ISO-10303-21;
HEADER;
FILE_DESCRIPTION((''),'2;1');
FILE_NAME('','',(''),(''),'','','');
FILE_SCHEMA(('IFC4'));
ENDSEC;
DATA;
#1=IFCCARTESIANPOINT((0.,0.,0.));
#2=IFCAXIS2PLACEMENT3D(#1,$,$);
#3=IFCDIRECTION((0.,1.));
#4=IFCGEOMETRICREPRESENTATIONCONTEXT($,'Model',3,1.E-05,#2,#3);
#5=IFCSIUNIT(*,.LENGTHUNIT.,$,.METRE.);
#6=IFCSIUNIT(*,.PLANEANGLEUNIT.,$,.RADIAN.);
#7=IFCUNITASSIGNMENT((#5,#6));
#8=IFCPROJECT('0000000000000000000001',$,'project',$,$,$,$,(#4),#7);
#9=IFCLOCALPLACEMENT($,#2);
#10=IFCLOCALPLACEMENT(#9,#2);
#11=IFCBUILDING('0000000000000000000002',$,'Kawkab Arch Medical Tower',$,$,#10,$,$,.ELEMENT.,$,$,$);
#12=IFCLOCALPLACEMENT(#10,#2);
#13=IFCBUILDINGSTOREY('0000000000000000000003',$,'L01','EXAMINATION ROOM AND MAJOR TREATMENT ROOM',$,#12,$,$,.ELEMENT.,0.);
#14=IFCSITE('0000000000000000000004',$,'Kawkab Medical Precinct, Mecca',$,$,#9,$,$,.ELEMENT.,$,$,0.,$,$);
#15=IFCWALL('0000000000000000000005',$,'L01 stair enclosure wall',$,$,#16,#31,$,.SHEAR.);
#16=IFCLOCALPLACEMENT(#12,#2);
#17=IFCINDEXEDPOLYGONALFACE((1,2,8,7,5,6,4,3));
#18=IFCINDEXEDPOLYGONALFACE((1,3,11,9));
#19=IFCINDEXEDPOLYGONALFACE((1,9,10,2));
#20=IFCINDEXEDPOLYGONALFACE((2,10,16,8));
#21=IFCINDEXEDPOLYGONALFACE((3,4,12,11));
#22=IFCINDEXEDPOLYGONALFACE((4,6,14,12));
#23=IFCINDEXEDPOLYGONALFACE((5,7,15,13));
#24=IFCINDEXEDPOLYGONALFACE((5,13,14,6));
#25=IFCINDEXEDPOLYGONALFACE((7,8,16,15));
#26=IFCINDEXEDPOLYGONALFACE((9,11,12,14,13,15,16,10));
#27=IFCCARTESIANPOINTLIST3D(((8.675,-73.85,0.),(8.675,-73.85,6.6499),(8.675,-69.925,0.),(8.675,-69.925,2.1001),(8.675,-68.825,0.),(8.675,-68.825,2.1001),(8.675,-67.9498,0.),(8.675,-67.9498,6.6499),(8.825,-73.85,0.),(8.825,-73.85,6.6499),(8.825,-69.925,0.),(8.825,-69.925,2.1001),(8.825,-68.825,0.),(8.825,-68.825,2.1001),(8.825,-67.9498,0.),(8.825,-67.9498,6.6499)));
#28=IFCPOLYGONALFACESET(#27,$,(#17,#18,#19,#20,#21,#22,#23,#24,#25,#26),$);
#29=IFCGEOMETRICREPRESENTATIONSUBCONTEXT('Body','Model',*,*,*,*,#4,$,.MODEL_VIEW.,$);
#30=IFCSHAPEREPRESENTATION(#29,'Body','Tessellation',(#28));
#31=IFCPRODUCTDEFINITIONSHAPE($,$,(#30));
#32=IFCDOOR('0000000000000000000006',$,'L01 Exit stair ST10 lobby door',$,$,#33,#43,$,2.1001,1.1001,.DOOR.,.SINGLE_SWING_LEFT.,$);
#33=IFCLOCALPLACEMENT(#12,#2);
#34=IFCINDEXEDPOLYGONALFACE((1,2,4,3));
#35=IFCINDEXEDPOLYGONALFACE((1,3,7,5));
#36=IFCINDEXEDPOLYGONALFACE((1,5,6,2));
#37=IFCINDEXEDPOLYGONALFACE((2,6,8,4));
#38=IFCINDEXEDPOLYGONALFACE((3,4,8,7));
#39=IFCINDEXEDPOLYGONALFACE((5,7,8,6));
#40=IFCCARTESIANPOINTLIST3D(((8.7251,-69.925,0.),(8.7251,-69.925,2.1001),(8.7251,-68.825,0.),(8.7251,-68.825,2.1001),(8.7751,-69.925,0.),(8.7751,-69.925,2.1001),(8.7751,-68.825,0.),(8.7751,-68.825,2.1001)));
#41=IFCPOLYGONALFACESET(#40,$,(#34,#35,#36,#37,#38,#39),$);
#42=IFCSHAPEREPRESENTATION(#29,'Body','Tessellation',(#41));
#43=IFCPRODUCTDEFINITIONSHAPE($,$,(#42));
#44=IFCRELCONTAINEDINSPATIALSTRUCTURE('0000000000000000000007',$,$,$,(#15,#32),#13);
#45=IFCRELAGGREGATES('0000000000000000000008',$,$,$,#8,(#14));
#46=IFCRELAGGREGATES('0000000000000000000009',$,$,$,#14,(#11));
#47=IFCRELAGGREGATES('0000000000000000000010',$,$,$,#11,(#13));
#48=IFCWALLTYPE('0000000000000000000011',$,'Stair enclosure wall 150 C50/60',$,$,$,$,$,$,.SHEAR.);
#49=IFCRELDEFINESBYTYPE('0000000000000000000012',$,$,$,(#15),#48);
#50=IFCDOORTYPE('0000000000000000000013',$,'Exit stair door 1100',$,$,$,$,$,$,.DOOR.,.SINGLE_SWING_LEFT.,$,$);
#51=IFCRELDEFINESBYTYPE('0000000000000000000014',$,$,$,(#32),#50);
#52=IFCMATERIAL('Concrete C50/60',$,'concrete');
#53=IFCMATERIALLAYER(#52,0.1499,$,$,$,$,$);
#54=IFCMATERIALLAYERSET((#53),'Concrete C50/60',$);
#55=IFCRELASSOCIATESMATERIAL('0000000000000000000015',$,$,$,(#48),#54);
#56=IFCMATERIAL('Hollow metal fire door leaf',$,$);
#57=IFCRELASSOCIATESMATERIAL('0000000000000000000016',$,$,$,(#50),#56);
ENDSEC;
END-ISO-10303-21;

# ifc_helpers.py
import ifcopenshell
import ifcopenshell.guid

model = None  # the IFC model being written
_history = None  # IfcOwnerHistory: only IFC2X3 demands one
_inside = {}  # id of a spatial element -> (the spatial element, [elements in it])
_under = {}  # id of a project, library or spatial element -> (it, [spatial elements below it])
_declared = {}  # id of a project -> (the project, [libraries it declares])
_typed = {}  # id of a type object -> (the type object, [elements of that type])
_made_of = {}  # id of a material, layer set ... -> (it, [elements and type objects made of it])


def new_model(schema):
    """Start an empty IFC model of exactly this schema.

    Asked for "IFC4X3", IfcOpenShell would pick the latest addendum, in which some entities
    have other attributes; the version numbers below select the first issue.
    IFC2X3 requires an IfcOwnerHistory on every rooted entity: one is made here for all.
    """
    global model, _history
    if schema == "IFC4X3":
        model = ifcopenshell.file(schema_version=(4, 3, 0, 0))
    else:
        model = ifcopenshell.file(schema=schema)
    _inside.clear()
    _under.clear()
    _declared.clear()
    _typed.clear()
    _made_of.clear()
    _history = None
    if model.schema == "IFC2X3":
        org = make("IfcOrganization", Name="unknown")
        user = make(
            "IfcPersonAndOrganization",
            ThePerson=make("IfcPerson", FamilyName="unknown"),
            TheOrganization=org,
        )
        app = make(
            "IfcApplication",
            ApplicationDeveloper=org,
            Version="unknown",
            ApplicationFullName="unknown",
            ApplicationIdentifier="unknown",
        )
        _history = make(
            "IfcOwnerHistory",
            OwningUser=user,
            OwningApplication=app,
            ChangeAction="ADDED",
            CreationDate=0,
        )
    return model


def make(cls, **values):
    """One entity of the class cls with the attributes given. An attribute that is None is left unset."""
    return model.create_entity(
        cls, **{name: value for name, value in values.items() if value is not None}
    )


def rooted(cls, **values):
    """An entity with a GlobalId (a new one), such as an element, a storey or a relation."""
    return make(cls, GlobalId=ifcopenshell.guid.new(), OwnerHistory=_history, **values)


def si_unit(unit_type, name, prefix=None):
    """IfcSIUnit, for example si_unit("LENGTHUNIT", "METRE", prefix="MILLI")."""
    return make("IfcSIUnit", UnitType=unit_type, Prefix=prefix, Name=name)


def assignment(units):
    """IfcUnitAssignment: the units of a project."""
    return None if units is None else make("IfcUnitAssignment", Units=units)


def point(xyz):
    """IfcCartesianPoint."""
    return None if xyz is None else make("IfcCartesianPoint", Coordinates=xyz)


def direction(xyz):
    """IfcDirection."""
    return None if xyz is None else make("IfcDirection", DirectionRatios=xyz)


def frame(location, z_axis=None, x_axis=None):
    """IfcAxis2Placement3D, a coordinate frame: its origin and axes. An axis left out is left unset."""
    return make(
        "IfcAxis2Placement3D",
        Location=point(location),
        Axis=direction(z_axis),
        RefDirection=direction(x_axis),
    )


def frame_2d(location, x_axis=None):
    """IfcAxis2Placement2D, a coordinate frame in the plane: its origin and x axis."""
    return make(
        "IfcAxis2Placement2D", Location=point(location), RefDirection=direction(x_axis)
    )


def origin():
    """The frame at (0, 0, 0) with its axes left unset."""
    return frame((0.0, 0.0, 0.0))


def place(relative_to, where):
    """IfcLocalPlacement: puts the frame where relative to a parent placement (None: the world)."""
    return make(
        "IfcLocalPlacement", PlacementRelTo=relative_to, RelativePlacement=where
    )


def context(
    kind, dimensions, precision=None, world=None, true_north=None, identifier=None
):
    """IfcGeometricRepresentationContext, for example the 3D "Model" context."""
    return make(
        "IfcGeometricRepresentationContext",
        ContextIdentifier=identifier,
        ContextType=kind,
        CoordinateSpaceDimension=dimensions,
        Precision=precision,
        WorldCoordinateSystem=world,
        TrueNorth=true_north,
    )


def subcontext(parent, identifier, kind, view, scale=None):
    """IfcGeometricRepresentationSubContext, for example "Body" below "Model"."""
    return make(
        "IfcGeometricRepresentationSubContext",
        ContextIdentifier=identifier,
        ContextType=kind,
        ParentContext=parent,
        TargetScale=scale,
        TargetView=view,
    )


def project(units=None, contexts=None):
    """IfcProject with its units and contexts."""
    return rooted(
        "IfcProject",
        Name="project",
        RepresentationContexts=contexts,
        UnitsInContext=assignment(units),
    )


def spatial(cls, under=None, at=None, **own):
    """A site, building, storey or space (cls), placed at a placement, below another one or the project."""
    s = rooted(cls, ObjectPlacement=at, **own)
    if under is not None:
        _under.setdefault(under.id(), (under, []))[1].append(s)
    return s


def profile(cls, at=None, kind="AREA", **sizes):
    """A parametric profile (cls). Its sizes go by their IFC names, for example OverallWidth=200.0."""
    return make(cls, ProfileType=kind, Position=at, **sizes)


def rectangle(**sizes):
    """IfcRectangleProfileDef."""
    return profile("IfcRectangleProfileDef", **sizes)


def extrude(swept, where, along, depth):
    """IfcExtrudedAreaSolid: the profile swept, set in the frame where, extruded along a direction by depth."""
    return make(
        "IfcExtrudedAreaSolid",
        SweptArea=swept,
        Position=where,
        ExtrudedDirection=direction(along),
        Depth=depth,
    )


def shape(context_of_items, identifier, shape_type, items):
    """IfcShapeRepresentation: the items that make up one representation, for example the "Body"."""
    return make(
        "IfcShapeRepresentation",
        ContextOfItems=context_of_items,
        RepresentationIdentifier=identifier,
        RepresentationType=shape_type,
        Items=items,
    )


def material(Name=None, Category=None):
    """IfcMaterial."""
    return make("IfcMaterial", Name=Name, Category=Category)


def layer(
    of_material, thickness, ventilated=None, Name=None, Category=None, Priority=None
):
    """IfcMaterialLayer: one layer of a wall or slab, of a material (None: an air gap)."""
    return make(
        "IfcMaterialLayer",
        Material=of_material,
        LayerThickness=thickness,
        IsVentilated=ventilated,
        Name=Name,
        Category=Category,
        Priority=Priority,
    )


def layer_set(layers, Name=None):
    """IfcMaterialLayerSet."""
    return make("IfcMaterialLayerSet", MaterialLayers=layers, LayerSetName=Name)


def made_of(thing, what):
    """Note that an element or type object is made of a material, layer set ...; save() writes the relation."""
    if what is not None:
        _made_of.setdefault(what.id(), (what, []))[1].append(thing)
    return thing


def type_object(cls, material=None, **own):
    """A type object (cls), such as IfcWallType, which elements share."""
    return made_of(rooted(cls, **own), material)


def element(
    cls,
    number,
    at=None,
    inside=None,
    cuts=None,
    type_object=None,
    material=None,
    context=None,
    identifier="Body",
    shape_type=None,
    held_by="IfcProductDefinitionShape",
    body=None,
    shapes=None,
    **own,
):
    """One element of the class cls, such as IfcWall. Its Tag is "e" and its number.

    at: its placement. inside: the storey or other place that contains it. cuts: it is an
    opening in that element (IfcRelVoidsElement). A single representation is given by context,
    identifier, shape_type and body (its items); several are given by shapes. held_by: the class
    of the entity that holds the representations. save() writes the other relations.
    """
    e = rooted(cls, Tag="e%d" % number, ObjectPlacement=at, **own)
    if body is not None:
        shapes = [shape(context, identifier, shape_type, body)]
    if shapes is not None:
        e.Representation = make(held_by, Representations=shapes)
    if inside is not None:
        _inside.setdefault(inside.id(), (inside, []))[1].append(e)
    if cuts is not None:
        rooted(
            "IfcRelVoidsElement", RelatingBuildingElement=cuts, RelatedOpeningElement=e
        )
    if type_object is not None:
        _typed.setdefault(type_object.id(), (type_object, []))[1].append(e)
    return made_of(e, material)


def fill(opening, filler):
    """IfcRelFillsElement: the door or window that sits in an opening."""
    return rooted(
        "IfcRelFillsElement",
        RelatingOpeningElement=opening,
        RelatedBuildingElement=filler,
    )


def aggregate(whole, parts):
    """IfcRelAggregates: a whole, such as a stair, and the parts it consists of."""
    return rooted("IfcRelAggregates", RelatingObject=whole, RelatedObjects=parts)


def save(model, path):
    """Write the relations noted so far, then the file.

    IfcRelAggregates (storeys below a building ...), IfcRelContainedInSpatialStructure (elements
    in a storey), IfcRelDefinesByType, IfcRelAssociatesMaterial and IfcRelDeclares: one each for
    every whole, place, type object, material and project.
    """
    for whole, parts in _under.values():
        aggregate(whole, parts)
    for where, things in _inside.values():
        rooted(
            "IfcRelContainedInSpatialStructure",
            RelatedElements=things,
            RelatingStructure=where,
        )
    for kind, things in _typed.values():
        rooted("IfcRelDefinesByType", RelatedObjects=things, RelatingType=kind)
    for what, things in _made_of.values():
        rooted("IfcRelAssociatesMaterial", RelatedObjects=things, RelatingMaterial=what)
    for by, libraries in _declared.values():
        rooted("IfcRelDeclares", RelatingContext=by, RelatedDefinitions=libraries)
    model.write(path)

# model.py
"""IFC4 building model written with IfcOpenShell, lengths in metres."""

from ifc_helpers import new_model, si_unit, direction, frame, frame_2d, origin, place, context, subcontext, project, spatial, rectangle, extrude, material, layer, layer_set, type_object, element, fill, save


model = new_model("IFC4")

# Units and contexts
model_context = context("Model", 3, precision=1e-05, world=origin(), true_north=direction((0.0, 1.0)))
body_context = subcontext(model_context, "Body", "Model", "MODEL_VIEW")
ifc_project = project(units=[si_unit("LENGTHUNIT", "METRE"), si_unit("PLANEANGLEUNIT", "RADIAN")], contexts=[model_context])

# Site, building, storey
site_placement = place(None, origin())
site = spatial("IfcSite", under=ifc_project, at=site_placement, Name="Kawkab Medical Precinct, Mecca", CompositionType="ELEMENT", RefElevation=0.0)
building_placement = place(site_placement, origin())
building = spatial("IfcBuilding", under=site, at=building_placement, Name="Kawkab Arch Medical Tower", CompositionType="ELEMENT")
storey_placement = place(building_placement, origin())
storey = spatial("IfcBuildingStorey", under=building, at=storey_placement, Name="L01", Description="EXAMINATION ROOM AND MAJOR TREATMENT ROOM", CompositionType="ELEMENT", Elevation=0.0)

# Wall, opening, door
ifc_material_1 = material(Name="Concrete C50/60", Category="concrete")
ifc_layer_1 = layer(ifc_material_1, 0.1499)
ifc_layer_set_1 = layer_set([ifc_layer_1], Name="Concrete C50/60")
wall_type_1 = type_object("IfcWallType", Name="Stair enclosure wall 150 C50/60", PredefinedType="SHEAR", material=ifc_layer_set_1)
wall_1_placement = place(storey_placement, frame((8.75, -73.8501, 0.0), z_axis=(0.0, 0.0, 1.0), x_axis=(0.0, 1.0, 0.0)))
wall_1 = element("IfcWall", 1, at=wall_1_placement, inside=storey, type_object=wall_type_1, Name="L01 stair enclosure wall", PredefinedType="SHEAR", context=body_context, shape_type="SweptSolid", body=[
    extrude(rectangle(XDim=5.9001, YDim=0.1499, at=frame_2d((2.9502, 0.0))), origin(), (0.0, 0.0, 1.0), 6.6499),
])
opening_1_placement = place(wall_1_placement, frame((3.925, 0.0, 0.0)))
opening_1 = element("IfcOpeningElement", 2, at=opening_1_placement, cuts=wall_1, PredefinedType="OPENING", context=body_context, shape_type="SweptSolid", body=[
    extrude(rectangle(XDim=1.1001, YDim=2.1001, at=frame_2d((0.55, 1.05))), frame((0.0, 0.085, 0.0), z_axis=(0.0, -1.0, 0.0), x_axis=(1.0, 0.0, 0.0)), (0.0, 0.0, 1.0), 0.1699),
])
ifc_material_2 = material(Name="Hollow metal fire door leaf")
door_type_1 = type_object("IfcDoorType", Name="Exit stair door 1100", OperationType="SINGLE_SWING_LEFT", PredefinedType="DOOR", material=ifc_material_2)
door_1_placement = place(opening_1_placement, origin())
door_1 = element("IfcDoor", 3, at=door_1_placement, inside=storey, type_object=door_type_1, Name="L01 Exit stair ST10 lobby door", OperationType="SINGLE_SWING_LEFT", OverallHeight=2.1001, OverallWidth=1.1001, PredefinedType="DOOR", context=body_context, shape_type="SweptSolid", body=[
    extrude(rectangle(XDim=1.1001, YDim=2.1001, at=frame_2d((0.55, 1.05))), frame((0.0, 0.0249, 0.0), z_axis=(0.0, -1.0, 0.0), x_axis=(1.0, 0.0, 0.0)), (0.0, 0.0, 1.0), 0.05),
])
fill(opening_1, door_1)

save(model, "model.ifc")
